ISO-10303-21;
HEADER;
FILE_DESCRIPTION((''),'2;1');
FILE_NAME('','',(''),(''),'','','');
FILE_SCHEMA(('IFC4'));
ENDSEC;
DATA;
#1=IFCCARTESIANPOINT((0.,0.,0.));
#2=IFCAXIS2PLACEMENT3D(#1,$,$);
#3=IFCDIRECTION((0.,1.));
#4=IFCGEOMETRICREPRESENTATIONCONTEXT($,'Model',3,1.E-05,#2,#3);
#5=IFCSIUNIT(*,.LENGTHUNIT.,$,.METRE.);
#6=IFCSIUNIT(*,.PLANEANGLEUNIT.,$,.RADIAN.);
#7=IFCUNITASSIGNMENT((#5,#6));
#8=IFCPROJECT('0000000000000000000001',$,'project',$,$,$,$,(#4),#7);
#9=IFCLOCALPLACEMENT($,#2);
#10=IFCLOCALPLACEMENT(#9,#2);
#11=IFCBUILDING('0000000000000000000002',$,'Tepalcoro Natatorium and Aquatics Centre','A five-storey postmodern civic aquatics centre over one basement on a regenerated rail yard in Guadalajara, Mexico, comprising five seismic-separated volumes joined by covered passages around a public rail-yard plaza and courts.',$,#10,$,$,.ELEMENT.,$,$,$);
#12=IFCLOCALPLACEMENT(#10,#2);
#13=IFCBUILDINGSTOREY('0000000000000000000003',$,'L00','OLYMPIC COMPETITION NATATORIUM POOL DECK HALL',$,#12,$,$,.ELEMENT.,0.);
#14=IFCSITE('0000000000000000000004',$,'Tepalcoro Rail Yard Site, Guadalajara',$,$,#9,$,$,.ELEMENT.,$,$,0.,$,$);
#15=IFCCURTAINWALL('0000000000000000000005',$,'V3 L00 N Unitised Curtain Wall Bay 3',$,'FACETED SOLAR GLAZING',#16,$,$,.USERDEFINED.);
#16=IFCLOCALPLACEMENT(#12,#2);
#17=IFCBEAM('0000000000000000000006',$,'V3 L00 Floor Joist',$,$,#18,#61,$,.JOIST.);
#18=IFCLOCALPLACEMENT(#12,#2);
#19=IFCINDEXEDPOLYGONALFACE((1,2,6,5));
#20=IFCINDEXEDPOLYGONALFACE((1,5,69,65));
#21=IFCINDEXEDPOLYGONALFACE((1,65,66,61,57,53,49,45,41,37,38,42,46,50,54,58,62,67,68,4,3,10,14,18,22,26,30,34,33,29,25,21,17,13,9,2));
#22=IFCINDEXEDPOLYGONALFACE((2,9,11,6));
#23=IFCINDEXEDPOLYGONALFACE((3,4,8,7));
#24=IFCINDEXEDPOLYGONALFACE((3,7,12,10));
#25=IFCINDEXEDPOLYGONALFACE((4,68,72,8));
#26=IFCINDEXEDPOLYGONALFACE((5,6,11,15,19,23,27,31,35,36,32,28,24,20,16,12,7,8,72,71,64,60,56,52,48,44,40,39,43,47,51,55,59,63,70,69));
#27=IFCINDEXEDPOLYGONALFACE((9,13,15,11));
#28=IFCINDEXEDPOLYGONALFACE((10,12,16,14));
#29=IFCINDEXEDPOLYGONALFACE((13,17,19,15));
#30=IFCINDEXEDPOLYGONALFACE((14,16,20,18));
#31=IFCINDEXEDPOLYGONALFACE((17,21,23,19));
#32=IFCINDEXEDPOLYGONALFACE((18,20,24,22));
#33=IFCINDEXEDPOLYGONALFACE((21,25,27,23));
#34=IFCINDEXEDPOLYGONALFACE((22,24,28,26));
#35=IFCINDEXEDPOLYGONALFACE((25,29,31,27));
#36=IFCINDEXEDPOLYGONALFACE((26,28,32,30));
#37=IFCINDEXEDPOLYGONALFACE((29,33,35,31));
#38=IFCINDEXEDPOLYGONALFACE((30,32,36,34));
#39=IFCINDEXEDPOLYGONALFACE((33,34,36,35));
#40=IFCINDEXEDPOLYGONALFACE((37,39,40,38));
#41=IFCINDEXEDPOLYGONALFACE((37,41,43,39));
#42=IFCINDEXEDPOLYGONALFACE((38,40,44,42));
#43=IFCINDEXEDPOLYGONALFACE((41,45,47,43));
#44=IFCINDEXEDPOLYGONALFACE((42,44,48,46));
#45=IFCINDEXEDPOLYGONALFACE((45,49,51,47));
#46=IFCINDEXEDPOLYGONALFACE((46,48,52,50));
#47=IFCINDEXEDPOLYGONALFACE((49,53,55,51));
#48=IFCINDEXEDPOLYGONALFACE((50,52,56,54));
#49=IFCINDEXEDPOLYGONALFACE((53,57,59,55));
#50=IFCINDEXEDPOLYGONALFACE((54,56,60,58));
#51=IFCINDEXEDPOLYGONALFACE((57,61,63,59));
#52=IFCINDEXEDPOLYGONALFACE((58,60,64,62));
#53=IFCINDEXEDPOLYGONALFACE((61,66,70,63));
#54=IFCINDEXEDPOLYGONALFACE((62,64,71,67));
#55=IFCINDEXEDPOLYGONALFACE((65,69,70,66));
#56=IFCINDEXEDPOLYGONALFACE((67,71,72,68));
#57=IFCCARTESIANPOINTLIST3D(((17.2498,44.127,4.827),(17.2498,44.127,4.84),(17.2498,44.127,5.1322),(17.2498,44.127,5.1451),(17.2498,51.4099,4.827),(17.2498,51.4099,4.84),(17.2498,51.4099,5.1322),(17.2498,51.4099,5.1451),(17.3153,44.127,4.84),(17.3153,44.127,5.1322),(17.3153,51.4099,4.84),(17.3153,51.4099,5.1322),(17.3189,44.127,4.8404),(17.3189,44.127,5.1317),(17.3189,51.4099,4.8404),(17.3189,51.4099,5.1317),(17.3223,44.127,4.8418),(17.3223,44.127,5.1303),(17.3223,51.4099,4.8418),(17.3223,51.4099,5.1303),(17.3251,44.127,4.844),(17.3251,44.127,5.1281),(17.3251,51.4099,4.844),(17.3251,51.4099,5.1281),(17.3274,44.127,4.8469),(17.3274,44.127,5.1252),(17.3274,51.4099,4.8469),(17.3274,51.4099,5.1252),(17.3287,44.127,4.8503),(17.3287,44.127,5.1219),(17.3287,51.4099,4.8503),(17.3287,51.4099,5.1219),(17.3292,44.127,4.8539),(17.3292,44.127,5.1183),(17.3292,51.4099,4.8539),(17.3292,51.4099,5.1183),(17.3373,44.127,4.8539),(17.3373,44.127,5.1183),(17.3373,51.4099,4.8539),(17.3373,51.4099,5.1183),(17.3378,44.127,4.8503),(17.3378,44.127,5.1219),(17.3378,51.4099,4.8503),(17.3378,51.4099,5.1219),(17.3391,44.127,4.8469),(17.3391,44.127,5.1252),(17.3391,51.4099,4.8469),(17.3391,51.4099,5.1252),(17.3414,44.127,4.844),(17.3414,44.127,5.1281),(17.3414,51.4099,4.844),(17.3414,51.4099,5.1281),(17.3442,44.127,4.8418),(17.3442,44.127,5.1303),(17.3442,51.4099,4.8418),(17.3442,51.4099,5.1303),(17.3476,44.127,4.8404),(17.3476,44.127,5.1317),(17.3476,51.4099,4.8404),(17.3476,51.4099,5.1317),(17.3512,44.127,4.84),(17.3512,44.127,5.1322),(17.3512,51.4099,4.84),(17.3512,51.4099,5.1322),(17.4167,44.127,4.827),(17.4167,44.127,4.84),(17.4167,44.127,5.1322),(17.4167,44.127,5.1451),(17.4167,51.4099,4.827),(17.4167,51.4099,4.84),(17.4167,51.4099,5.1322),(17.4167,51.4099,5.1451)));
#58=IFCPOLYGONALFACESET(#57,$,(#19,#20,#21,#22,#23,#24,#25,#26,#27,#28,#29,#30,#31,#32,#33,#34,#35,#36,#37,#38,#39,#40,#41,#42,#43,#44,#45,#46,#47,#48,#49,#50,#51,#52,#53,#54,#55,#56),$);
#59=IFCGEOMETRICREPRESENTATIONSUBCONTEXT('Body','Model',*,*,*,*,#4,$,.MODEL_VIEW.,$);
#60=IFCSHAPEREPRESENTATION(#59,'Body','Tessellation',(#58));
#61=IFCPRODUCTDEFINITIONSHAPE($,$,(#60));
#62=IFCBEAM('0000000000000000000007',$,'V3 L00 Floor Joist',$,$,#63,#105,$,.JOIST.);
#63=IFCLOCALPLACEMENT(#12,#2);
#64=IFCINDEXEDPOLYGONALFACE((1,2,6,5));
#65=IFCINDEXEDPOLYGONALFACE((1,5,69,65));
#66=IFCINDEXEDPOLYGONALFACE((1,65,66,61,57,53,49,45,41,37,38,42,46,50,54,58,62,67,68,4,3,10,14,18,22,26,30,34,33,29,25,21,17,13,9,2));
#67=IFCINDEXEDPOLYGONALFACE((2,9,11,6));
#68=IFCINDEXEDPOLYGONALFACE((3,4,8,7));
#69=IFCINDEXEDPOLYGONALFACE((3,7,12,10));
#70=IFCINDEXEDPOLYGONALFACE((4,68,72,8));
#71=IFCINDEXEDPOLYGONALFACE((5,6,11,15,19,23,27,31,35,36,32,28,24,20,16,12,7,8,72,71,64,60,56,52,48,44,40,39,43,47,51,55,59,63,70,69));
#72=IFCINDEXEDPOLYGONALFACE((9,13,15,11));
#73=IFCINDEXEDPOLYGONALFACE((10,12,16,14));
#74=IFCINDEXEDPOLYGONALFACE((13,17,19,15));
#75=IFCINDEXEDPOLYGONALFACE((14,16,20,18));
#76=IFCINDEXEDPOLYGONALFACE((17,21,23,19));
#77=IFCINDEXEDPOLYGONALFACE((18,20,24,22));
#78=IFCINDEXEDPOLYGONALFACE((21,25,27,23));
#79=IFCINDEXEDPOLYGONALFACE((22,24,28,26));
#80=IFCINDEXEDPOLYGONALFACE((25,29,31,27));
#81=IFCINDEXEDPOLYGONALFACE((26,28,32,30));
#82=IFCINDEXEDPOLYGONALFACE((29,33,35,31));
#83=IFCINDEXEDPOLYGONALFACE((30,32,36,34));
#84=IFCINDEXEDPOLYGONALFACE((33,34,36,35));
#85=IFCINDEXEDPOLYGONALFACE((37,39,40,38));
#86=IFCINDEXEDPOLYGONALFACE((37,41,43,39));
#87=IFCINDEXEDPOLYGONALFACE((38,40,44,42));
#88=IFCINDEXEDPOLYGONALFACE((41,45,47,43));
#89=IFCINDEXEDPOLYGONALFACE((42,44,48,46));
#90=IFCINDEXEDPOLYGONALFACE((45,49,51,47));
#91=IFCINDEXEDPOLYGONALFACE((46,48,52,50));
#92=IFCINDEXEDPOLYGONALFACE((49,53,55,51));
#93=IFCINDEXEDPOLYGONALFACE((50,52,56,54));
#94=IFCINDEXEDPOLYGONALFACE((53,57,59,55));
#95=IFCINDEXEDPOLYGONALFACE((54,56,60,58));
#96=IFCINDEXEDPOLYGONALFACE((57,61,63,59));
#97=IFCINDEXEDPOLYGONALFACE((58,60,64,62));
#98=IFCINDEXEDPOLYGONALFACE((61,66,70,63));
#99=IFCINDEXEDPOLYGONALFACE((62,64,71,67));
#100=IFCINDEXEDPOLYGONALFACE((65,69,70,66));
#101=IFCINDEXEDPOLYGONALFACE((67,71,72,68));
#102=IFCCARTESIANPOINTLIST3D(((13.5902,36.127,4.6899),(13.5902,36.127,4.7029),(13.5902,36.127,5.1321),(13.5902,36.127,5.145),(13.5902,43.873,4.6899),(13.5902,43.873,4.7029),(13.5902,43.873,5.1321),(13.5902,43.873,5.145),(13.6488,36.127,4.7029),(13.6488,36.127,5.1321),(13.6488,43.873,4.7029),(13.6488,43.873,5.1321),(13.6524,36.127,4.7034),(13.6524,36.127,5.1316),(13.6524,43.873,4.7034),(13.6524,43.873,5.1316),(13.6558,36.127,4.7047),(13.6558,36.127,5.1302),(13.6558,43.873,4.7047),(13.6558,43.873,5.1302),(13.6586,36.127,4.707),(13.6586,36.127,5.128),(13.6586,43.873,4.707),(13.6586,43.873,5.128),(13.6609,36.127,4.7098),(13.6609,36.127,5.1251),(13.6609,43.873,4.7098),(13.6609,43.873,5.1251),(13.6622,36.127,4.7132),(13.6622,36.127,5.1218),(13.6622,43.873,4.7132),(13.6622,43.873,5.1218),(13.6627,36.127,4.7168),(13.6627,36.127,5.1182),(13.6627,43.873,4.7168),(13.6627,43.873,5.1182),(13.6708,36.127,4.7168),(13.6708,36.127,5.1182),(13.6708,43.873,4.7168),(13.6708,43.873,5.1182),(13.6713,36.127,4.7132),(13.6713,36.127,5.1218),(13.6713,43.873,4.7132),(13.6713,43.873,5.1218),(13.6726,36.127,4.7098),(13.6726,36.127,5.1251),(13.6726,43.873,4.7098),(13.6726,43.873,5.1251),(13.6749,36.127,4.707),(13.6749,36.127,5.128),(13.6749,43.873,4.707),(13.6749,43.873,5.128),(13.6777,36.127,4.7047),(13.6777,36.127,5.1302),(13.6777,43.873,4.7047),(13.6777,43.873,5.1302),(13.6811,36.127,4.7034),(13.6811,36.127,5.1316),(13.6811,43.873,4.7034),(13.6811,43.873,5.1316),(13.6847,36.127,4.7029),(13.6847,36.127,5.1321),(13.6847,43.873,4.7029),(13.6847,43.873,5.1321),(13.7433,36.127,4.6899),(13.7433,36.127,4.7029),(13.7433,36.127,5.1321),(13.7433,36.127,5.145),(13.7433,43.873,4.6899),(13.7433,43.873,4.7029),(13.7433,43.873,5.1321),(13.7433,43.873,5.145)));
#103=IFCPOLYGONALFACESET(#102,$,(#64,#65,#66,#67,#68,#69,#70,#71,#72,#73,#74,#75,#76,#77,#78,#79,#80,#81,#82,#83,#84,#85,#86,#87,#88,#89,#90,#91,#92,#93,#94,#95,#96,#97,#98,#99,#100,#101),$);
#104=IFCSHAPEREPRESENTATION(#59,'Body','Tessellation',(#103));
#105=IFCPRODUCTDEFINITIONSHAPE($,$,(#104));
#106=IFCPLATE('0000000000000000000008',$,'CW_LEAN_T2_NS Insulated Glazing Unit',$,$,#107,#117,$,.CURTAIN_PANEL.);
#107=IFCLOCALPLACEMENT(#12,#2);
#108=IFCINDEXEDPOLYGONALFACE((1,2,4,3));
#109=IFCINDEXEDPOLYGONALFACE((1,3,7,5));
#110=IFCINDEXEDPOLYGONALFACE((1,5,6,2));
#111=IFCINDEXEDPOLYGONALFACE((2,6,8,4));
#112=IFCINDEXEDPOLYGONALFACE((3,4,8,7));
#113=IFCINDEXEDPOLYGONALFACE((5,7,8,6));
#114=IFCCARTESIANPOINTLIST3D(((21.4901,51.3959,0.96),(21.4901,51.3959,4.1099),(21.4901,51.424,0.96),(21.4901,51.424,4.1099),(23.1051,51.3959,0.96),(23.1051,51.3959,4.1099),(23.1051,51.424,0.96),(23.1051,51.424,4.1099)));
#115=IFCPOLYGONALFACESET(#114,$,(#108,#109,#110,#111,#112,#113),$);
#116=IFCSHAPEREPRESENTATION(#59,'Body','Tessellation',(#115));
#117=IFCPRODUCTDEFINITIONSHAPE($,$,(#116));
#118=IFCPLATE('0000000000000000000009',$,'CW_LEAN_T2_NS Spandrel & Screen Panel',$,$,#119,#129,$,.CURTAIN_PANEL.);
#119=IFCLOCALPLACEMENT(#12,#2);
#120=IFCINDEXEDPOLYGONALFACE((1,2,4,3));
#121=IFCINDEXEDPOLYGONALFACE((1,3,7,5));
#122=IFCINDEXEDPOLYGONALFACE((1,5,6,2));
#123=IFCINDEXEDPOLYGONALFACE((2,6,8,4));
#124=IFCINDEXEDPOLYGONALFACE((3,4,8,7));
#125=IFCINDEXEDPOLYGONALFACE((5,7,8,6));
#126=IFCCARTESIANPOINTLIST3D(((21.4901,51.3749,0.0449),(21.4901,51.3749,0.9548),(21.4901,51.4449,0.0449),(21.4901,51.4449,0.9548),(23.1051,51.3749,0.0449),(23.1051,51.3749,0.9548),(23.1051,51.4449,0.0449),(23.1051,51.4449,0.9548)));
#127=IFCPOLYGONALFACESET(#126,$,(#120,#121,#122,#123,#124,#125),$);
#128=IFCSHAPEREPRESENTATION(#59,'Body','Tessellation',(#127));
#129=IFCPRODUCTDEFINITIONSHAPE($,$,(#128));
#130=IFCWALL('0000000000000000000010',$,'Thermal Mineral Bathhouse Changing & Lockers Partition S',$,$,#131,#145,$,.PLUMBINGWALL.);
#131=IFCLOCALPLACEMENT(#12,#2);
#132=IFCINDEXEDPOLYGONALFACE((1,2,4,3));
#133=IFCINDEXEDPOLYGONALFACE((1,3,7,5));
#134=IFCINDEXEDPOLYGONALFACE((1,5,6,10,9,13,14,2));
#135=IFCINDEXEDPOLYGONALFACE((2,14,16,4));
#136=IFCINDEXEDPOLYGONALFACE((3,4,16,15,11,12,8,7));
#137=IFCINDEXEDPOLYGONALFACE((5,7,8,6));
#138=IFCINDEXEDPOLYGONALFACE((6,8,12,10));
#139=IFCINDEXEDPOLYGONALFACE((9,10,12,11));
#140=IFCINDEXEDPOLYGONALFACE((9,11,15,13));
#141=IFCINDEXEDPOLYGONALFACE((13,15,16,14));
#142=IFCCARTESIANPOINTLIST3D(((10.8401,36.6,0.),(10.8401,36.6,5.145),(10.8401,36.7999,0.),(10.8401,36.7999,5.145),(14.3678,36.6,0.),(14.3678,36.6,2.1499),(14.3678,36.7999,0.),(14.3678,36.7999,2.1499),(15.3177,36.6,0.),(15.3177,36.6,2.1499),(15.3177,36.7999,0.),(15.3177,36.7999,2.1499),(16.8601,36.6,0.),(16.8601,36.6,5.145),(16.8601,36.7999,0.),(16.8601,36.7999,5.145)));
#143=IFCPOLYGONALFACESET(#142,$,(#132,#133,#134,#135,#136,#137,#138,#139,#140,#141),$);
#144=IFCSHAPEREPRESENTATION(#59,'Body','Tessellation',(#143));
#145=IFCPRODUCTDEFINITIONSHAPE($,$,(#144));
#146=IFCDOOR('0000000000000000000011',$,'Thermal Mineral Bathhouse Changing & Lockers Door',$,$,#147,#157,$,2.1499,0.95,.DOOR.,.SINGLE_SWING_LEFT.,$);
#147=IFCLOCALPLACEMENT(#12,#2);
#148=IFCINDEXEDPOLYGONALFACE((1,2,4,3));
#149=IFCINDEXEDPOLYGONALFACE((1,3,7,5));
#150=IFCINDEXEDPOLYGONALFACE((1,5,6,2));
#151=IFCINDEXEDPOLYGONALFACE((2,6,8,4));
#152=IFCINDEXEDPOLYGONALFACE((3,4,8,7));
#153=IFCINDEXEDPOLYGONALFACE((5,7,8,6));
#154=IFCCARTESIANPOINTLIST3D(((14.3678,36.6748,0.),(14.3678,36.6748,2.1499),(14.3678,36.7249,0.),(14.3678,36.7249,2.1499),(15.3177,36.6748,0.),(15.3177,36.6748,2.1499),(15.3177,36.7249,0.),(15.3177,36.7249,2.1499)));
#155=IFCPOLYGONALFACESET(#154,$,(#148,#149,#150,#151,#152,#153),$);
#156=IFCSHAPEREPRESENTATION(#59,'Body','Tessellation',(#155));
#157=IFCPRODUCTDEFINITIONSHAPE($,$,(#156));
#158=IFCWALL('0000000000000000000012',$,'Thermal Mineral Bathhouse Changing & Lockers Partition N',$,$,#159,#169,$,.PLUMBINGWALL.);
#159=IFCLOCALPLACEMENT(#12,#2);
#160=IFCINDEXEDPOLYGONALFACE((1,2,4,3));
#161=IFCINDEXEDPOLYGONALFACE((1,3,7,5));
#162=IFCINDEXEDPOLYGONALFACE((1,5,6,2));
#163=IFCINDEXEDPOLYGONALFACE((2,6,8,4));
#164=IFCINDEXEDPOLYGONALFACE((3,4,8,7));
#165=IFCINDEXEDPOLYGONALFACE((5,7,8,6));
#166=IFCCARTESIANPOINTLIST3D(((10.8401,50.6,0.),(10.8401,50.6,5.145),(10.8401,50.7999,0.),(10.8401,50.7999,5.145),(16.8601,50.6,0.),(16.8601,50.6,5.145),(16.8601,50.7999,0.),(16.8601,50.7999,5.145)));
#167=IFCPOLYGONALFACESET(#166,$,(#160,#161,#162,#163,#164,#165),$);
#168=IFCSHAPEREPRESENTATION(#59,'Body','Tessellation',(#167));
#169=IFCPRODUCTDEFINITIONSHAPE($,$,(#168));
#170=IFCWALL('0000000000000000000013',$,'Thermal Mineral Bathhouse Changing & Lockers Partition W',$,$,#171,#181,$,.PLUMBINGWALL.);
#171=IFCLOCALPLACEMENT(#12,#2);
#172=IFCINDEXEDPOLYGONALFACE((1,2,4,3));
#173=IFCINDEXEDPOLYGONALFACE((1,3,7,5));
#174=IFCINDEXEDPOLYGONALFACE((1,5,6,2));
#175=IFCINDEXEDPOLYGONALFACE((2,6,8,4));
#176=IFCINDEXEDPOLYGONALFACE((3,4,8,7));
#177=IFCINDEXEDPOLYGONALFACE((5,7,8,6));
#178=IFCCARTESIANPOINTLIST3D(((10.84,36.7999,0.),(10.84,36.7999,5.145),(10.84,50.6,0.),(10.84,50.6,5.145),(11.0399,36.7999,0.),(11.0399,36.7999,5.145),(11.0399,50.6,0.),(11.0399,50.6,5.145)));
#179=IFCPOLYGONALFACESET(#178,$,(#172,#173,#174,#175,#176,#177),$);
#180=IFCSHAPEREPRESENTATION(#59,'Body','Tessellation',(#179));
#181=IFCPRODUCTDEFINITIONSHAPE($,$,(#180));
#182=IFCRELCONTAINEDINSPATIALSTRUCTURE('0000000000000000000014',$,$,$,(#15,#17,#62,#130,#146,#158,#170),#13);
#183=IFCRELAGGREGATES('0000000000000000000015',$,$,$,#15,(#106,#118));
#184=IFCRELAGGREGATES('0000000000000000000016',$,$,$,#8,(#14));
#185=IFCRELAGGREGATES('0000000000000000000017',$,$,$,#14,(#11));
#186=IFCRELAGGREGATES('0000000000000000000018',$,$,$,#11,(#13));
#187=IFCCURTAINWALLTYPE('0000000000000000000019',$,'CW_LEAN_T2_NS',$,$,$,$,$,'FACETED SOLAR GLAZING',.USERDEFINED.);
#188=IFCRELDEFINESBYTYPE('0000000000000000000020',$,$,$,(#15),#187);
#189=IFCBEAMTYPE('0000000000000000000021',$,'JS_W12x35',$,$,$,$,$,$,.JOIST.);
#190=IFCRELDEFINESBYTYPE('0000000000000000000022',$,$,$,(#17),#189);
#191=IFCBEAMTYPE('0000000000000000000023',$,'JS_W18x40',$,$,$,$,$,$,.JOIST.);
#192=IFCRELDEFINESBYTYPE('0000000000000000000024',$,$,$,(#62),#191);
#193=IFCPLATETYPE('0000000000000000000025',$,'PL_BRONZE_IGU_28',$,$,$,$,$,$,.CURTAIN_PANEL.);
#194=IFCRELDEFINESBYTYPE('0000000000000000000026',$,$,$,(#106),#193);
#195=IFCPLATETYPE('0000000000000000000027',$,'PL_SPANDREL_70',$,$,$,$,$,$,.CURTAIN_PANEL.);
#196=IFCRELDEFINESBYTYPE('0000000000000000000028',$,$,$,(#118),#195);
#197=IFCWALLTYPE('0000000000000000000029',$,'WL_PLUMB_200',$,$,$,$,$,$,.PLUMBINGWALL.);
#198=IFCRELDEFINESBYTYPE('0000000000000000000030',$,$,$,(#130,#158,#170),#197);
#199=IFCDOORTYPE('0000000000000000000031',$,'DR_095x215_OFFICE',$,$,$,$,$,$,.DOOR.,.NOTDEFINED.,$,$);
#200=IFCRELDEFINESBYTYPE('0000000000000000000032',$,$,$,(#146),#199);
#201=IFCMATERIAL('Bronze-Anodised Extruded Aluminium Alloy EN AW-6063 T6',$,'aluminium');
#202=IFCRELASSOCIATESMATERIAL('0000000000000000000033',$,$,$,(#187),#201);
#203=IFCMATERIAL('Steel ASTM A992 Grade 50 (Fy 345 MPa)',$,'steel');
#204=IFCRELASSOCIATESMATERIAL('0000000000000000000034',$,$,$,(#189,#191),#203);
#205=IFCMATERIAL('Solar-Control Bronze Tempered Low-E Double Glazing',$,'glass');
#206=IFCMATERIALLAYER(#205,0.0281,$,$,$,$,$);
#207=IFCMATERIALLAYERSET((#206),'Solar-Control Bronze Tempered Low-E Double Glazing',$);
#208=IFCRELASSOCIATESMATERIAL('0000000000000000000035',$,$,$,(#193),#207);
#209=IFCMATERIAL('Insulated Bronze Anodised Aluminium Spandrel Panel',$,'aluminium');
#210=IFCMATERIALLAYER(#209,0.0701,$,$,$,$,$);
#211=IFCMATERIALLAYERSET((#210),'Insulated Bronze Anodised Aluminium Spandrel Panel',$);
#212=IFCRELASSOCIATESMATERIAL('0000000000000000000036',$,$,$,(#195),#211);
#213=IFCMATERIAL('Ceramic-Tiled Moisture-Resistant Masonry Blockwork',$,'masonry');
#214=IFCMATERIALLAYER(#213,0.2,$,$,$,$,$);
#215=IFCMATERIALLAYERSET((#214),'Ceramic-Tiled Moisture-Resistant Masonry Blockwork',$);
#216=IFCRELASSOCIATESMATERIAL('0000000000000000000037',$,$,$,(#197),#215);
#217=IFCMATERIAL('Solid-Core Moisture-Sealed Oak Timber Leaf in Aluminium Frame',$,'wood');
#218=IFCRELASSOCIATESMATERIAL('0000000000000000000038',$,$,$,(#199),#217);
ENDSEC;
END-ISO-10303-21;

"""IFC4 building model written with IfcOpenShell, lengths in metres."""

from ifc_helpers import new_model, si_unit, direction, frame, frame_2d, origin, origin_2d, place, context, subcontext, project, spatial, rectangle, i_section, extrude, material, layer, layer_set, material_profile, profile_set, type_object, element, fill, aggregate, save


model = new_model("IFC4")

# Units and contexts
model_context = context("Model", 3, precision=1e-05, world=origin(), true_north=direction((0.0, 1.0)))
body_context = subcontext(model_context, "Body", "Model", "MODEL_VIEW")
ifc_project = project(units=[si_unit("LENGTHUNIT", "METRE"), si_unit("PLANEANGLEUNIT", "RADIAN")], contexts=[model_context])

# Site, building, storey
site_placement = place(None, origin())
site = spatial("IfcSite", under=ifc_project, at=site_placement, Name="Tepalcoro Rail Yard Site, Guadalajara", CompositionType="ELEMENT", RefElevation=0.0)
building_placement = place(site_placement, origin())
building = spatial("IfcBuilding", under=site, at=building_placement, Name="Tepalcoro Natatorium and Aquatics Centre", Description="A five-storey postmodern civic aquatics centre over one basement on a regenerated rail yard in Guadalajara, Mexico, comprising five seismic-separated volumes joined by covered passages around a public rail-yard plaza and courts.", CompositionType="ELEMENT")
storey_placement = place(building_placement, origin())
storey = spatial("IfcBuildingStorey", under=building, at=storey_placement, Name="L00", Description="OLYMPIC COMPETITION NATATORIUM POOL DECK HALL", CompositionType="ELEMENT", Elevation=0.0)

# Shared definitions
ifc_material_1 = material(Name="Steel ASTM A992 Grade 50 (Fy 345 MPa)", Category="steel")

# Curtain wall
ifc_material_2 = material(Name="Bronze-Anodised Extruded Aluminium Alloy EN AW-6063 T6", Category="aluminium")
curtain_wall_type = type_object("IfcCurtainWallType", Name="CW_LEAN_T2_NS", ElementType="FACETED SOLAR GLAZING", PredefinedType="USERDEFINED", material=ifc_material_2)
curtain_wall_placement = place(storey_placement, origin())
curtain_wall = element("IfcCurtainWall", 1, at=curtain_wall_placement, inside=storey, type_object=curtain_wall_type, Name="V3 L00 N Unitised Curtain Wall Bay 3", ObjectType="FACETED SOLAR GLAZING", PredefinedType="USERDEFINED")

# Beams
ifc_material_profile_1 = material_profile(ifc_material_1, i_section(OverallWidth=0.167, OverallDepth=0.3181, WebThickness=0.0081, FlangeThickness=0.0129, FilletRadius=0.0139, at=origin_2d()), Name="W12X35")
ifc_profile_set_1 = profile_set([ifc_material_profile_1], Name="Steel ASTM A992 Grade 50 (Fy 345 MPa)")
beam_type_1 = type_object("IfcBeamType", Name="JS_W12x35", PredefinedType="JOIST", material=ifc_profile_set_1)
beam_1_placement = place(storey_placement, frame((17.3333, 44.127, 4.9861), z_axis=(0.0, 1.0, 0.0), x_axis=(-1.0, 0.0, 0.0)))
element("IfcBeam", 2, at=beam_1_placement, inside=storey, type_object=beam_type_1, Name="V3 L00 Floor Joist", PredefinedType="JOIST", context=body_context, shape_type="SweptSolid", body=[
    extrude(i_section(OverallWidth=0.167, OverallDepth=0.3181, WebThickness=0.0081, FlangeThickness=0.0129, FilletRadius=0.0139, at=origin_2d()), origin(), (0.0, 0.0, 1.0), 7.283),
])
ifc_material_profile_2 = material_profile(ifc_material_1, i_section(OverallWidth=0.1531, OverallDepth=0.4551, WebThickness=0.0081, FlangeThickness=0.0129, FilletRadius=0.0139, at=origin_2d()), Name="W18X40")
ifc_profile_set_2 = profile_set([ifc_material_profile_2], Name="Steel ASTM A992 Grade 50 (Fy 345 MPa)")
beam_type_2 = type_object("IfcBeamType", Name="JS_W18x40", PredefinedType="JOIST", material=ifc_profile_set_2)
beam_2_placement = place(storey_placement, frame((13.6667, 36.127, 4.9175), z_axis=(0.0, 1.0, 0.0), x_axis=(-1.0, 0.0, 0.0)))
element("IfcBeam", 3, at=beam_2_placement, inside=storey, type_object=beam_type_2, Name="V3 L00 Floor Joist", PredefinedType="JOIST", context=body_context, shape_type="SweptSolid", body=[
    extrude(i_section(OverallWidth=0.1531, OverallDepth=0.4551, WebThickness=0.0081, FlangeThickness=0.0129, FilletRadius=0.0139, at=origin_2d()), origin(), (0.0, 0.0, 1.0), 7.7461),
])

# Plates
ifc_material_3 = material(Name="Solar-Control Bronze Tempered Low-E Double Glazing", Category="glass")
ifc_layer_1 = layer(ifc_material_3, 0.0281)
ifc_layer_set_1 = layer_set([ifc_layer_1], Name="Solar-Control Bronze Tempered Low-E Double Glazing")
plate_type_1 = type_object("IfcPlateType", Name="PL_BRONZE_IGU_28", PredefinedType="CURTAIN_PANEL", material=ifc_layer_set_1)
plate_1_placement = place(storey_placement, frame((22.2976, 51.4099, 0.96), z_axis=(0.0, 0.0, 1.0), x_axis=(1.0, 0.0, 0.0)))
plate_1 = element("IfcPlate", 4, at=plate_1_placement, type_object=plate_type_1, Name="CW_LEAN_T2_NS Insulated Glazing Unit", PredefinedType="CURTAIN_PANEL", context=body_context, shape_type="SweptSolid", body=[
    extrude(rectangle(XDim=1.615, YDim=0.0281, at=origin_2d()), origin(), (0.0, 0.0, 1.0), 3.1499),
])
ifc_material_4 = material(Name="Insulated Bronze Anodised Aluminium Spandrel Panel", Category="aluminium")
ifc_layer_2 = layer(ifc_material_4, 0.0701)
ifc_layer_set_2 = layer_set([ifc_layer_2], Name="Insulated Bronze Anodised Aluminium Spandrel Panel")
plate_type_2 = type_object("IfcPlateType", Name="PL_SPANDREL_70", PredefinedType="CURTAIN_PANEL", material=ifc_layer_set_2)
plate_2_placement = place(storey_placement, frame((22.2976, 51.4099, 0.0449), z_axis=(0.0, 0.0, 1.0), x_axis=(1.0, 0.0, 0.0)))
plate_2 = element("IfcPlate", 5, at=plate_2_placement, type_object=plate_type_2, Name="CW_LEAN_T2_NS Spandrel & Screen Panel", PredefinedType="CURTAIN_PANEL", context=body_context, shape_type="SweptSolid", body=[
    extrude(rectangle(XDim=1.615, YDim=0.0701, at=origin_2d()), origin(), (0.0, 0.0, 1.0), 0.9099),
])
aggregate(curtain_wall, [plate_1, plate_2])

# Wall, opening, door
ifc_material_5 = material(Name="Ceramic-Tiled Moisture-Resistant Masonry Blockwork", Category="masonry")
ifc_layer_3 = layer(ifc_material_5, 0.2)
ifc_layer_set_3 = layer_set([ifc_layer_3], Name="Ceramic-Tiled Moisture-Resistant Masonry Blockwork")
wall_type_1 = type_object("IfcWallType", Name="WL_PLUMB_200", PredefinedType="PLUMBINGWALL", material=ifc_layer_set_3)
wall_1_placement = place(storey_placement, frame((10.8401, 36.7, 0.0), z_axis=(0.0, 0.0, 1.0), x_axis=(1.0, 0.0, 0.0)))
wall_1 = element("IfcWall", 6, at=wall_1_placement, inside=storey, type_object=wall_type_1, Name="Thermal Mineral Bathhouse Changing & Lockers Partition S", PredefinedType="PLUMBINGWALL", context=body_context, shape_type="SweptSolid", body=[
    extrude(rectangle(XDim=6.02, YDim=0.2, at=frame_2d((3.01, 0.0))), origin(), (0.0, 0.0, 1.0), 5.145),
])
opening_1_placement = place(wall_1_placement, frame((3.5276, 0.0, 0.0)))
opening_1 = element("IfcOpeningElement", 7, at=opening_1_placement, cuts=wall_1, PredefinedType="OPENING", context=body_context, shape_type="SweptSolid", body=[
    extrude(rectangle(XDim=0.95, YDim=2.1499, at=frame_2d((0.4751, 1.075))), frame((0.0, 0.1118, 0.0), z_axis=(0.0, -1.0, 0.0), x_axis=(1.0, 0.0, 0.0)), (0.0, 0.0, 1.0), 0.2239),
])
ifc_material_6 = material(Name="Solid-Core Moisture-Sealed Oak Timber Leaf in Aluminium Frame", Category="wood")
door_type_1 = type_object("IfcDoorType", Name="DR_095x215_OFFICE", OperationType="NOTDEFINED", PredefinedType="DOOR", material=ifc_material_6)
door_1_placement = place(opening_1_placement, origin())
door_1 = element("IfcDoor", 8, at=door_1_placement, inside=storey, type_object=door_type_1, Name="Thermal Mineral Bathhouse Changing & Lockers Door", OperationType="SINGLE_SWING_LEFT", OverallHeight=2.1499, OverallWidth=0.95, PredefinedType="DOOR", context=body_context, shape_type="SweptSolid", body=[
    extrude(rectangle(XDim=0.95, YDim=2.1499, at=frame_2d((0.4751, 1.075))), frame((0.0, 0.0249, 0.0), z_axis=(0.0, -1.0, 0.0), x_axis=(1.0, 0.0, 0.0)), (0.0, 0.0, 1.0), 0.05),
])
fill(opening_1, door_1)

# Walls
wall_2_placement = place(storey_placement, frame((10.8401, 50.7, 0.0), z_axis=(0.0, 0.0, 1.0), x_axis=(1.0, 0.0, 0.0)))
element("IfcWall", 9, at=wall_2_placement, inside=storey, type_object=wall_type_1, Name="Thermal Mineral Bathhouse Changing & Lockers Partition N", PredefinedType="PLUMBINGWALL", context=body_context, shape_type="SweptSolid", body=[
    extrude(rectangle(XDim=6.02, YDim=0.2, at=frame_2d((3.01, 0.0))), origin(), (0.0, 0.0, 1.0), 5.145),
])
wall_3_placement = place(storey_placement, frame((10.9399, 36.8, 0.0), z_axis=(0.0, 0.0, 1.0), x_axis=(0.0, 1.0, 0.0)))
element("IfcWall", 10, at=wall_3_placement, inside=storey, type_object=wall_type_1, Name="Thermal Mineral Bathhouse Changing & Lockers Partition W", PredefinedType="PLUMBINGWALL", context=body_context, shape_type="SweptSolid", body=[
    extrude(rectangle(XDim=13.8, YDim=0.2, at=frame_2d((6.8999, 0.0))), origin(), (0.0, 0.0, 1.0), 5.145),
])

save(model, "model.ifc")
